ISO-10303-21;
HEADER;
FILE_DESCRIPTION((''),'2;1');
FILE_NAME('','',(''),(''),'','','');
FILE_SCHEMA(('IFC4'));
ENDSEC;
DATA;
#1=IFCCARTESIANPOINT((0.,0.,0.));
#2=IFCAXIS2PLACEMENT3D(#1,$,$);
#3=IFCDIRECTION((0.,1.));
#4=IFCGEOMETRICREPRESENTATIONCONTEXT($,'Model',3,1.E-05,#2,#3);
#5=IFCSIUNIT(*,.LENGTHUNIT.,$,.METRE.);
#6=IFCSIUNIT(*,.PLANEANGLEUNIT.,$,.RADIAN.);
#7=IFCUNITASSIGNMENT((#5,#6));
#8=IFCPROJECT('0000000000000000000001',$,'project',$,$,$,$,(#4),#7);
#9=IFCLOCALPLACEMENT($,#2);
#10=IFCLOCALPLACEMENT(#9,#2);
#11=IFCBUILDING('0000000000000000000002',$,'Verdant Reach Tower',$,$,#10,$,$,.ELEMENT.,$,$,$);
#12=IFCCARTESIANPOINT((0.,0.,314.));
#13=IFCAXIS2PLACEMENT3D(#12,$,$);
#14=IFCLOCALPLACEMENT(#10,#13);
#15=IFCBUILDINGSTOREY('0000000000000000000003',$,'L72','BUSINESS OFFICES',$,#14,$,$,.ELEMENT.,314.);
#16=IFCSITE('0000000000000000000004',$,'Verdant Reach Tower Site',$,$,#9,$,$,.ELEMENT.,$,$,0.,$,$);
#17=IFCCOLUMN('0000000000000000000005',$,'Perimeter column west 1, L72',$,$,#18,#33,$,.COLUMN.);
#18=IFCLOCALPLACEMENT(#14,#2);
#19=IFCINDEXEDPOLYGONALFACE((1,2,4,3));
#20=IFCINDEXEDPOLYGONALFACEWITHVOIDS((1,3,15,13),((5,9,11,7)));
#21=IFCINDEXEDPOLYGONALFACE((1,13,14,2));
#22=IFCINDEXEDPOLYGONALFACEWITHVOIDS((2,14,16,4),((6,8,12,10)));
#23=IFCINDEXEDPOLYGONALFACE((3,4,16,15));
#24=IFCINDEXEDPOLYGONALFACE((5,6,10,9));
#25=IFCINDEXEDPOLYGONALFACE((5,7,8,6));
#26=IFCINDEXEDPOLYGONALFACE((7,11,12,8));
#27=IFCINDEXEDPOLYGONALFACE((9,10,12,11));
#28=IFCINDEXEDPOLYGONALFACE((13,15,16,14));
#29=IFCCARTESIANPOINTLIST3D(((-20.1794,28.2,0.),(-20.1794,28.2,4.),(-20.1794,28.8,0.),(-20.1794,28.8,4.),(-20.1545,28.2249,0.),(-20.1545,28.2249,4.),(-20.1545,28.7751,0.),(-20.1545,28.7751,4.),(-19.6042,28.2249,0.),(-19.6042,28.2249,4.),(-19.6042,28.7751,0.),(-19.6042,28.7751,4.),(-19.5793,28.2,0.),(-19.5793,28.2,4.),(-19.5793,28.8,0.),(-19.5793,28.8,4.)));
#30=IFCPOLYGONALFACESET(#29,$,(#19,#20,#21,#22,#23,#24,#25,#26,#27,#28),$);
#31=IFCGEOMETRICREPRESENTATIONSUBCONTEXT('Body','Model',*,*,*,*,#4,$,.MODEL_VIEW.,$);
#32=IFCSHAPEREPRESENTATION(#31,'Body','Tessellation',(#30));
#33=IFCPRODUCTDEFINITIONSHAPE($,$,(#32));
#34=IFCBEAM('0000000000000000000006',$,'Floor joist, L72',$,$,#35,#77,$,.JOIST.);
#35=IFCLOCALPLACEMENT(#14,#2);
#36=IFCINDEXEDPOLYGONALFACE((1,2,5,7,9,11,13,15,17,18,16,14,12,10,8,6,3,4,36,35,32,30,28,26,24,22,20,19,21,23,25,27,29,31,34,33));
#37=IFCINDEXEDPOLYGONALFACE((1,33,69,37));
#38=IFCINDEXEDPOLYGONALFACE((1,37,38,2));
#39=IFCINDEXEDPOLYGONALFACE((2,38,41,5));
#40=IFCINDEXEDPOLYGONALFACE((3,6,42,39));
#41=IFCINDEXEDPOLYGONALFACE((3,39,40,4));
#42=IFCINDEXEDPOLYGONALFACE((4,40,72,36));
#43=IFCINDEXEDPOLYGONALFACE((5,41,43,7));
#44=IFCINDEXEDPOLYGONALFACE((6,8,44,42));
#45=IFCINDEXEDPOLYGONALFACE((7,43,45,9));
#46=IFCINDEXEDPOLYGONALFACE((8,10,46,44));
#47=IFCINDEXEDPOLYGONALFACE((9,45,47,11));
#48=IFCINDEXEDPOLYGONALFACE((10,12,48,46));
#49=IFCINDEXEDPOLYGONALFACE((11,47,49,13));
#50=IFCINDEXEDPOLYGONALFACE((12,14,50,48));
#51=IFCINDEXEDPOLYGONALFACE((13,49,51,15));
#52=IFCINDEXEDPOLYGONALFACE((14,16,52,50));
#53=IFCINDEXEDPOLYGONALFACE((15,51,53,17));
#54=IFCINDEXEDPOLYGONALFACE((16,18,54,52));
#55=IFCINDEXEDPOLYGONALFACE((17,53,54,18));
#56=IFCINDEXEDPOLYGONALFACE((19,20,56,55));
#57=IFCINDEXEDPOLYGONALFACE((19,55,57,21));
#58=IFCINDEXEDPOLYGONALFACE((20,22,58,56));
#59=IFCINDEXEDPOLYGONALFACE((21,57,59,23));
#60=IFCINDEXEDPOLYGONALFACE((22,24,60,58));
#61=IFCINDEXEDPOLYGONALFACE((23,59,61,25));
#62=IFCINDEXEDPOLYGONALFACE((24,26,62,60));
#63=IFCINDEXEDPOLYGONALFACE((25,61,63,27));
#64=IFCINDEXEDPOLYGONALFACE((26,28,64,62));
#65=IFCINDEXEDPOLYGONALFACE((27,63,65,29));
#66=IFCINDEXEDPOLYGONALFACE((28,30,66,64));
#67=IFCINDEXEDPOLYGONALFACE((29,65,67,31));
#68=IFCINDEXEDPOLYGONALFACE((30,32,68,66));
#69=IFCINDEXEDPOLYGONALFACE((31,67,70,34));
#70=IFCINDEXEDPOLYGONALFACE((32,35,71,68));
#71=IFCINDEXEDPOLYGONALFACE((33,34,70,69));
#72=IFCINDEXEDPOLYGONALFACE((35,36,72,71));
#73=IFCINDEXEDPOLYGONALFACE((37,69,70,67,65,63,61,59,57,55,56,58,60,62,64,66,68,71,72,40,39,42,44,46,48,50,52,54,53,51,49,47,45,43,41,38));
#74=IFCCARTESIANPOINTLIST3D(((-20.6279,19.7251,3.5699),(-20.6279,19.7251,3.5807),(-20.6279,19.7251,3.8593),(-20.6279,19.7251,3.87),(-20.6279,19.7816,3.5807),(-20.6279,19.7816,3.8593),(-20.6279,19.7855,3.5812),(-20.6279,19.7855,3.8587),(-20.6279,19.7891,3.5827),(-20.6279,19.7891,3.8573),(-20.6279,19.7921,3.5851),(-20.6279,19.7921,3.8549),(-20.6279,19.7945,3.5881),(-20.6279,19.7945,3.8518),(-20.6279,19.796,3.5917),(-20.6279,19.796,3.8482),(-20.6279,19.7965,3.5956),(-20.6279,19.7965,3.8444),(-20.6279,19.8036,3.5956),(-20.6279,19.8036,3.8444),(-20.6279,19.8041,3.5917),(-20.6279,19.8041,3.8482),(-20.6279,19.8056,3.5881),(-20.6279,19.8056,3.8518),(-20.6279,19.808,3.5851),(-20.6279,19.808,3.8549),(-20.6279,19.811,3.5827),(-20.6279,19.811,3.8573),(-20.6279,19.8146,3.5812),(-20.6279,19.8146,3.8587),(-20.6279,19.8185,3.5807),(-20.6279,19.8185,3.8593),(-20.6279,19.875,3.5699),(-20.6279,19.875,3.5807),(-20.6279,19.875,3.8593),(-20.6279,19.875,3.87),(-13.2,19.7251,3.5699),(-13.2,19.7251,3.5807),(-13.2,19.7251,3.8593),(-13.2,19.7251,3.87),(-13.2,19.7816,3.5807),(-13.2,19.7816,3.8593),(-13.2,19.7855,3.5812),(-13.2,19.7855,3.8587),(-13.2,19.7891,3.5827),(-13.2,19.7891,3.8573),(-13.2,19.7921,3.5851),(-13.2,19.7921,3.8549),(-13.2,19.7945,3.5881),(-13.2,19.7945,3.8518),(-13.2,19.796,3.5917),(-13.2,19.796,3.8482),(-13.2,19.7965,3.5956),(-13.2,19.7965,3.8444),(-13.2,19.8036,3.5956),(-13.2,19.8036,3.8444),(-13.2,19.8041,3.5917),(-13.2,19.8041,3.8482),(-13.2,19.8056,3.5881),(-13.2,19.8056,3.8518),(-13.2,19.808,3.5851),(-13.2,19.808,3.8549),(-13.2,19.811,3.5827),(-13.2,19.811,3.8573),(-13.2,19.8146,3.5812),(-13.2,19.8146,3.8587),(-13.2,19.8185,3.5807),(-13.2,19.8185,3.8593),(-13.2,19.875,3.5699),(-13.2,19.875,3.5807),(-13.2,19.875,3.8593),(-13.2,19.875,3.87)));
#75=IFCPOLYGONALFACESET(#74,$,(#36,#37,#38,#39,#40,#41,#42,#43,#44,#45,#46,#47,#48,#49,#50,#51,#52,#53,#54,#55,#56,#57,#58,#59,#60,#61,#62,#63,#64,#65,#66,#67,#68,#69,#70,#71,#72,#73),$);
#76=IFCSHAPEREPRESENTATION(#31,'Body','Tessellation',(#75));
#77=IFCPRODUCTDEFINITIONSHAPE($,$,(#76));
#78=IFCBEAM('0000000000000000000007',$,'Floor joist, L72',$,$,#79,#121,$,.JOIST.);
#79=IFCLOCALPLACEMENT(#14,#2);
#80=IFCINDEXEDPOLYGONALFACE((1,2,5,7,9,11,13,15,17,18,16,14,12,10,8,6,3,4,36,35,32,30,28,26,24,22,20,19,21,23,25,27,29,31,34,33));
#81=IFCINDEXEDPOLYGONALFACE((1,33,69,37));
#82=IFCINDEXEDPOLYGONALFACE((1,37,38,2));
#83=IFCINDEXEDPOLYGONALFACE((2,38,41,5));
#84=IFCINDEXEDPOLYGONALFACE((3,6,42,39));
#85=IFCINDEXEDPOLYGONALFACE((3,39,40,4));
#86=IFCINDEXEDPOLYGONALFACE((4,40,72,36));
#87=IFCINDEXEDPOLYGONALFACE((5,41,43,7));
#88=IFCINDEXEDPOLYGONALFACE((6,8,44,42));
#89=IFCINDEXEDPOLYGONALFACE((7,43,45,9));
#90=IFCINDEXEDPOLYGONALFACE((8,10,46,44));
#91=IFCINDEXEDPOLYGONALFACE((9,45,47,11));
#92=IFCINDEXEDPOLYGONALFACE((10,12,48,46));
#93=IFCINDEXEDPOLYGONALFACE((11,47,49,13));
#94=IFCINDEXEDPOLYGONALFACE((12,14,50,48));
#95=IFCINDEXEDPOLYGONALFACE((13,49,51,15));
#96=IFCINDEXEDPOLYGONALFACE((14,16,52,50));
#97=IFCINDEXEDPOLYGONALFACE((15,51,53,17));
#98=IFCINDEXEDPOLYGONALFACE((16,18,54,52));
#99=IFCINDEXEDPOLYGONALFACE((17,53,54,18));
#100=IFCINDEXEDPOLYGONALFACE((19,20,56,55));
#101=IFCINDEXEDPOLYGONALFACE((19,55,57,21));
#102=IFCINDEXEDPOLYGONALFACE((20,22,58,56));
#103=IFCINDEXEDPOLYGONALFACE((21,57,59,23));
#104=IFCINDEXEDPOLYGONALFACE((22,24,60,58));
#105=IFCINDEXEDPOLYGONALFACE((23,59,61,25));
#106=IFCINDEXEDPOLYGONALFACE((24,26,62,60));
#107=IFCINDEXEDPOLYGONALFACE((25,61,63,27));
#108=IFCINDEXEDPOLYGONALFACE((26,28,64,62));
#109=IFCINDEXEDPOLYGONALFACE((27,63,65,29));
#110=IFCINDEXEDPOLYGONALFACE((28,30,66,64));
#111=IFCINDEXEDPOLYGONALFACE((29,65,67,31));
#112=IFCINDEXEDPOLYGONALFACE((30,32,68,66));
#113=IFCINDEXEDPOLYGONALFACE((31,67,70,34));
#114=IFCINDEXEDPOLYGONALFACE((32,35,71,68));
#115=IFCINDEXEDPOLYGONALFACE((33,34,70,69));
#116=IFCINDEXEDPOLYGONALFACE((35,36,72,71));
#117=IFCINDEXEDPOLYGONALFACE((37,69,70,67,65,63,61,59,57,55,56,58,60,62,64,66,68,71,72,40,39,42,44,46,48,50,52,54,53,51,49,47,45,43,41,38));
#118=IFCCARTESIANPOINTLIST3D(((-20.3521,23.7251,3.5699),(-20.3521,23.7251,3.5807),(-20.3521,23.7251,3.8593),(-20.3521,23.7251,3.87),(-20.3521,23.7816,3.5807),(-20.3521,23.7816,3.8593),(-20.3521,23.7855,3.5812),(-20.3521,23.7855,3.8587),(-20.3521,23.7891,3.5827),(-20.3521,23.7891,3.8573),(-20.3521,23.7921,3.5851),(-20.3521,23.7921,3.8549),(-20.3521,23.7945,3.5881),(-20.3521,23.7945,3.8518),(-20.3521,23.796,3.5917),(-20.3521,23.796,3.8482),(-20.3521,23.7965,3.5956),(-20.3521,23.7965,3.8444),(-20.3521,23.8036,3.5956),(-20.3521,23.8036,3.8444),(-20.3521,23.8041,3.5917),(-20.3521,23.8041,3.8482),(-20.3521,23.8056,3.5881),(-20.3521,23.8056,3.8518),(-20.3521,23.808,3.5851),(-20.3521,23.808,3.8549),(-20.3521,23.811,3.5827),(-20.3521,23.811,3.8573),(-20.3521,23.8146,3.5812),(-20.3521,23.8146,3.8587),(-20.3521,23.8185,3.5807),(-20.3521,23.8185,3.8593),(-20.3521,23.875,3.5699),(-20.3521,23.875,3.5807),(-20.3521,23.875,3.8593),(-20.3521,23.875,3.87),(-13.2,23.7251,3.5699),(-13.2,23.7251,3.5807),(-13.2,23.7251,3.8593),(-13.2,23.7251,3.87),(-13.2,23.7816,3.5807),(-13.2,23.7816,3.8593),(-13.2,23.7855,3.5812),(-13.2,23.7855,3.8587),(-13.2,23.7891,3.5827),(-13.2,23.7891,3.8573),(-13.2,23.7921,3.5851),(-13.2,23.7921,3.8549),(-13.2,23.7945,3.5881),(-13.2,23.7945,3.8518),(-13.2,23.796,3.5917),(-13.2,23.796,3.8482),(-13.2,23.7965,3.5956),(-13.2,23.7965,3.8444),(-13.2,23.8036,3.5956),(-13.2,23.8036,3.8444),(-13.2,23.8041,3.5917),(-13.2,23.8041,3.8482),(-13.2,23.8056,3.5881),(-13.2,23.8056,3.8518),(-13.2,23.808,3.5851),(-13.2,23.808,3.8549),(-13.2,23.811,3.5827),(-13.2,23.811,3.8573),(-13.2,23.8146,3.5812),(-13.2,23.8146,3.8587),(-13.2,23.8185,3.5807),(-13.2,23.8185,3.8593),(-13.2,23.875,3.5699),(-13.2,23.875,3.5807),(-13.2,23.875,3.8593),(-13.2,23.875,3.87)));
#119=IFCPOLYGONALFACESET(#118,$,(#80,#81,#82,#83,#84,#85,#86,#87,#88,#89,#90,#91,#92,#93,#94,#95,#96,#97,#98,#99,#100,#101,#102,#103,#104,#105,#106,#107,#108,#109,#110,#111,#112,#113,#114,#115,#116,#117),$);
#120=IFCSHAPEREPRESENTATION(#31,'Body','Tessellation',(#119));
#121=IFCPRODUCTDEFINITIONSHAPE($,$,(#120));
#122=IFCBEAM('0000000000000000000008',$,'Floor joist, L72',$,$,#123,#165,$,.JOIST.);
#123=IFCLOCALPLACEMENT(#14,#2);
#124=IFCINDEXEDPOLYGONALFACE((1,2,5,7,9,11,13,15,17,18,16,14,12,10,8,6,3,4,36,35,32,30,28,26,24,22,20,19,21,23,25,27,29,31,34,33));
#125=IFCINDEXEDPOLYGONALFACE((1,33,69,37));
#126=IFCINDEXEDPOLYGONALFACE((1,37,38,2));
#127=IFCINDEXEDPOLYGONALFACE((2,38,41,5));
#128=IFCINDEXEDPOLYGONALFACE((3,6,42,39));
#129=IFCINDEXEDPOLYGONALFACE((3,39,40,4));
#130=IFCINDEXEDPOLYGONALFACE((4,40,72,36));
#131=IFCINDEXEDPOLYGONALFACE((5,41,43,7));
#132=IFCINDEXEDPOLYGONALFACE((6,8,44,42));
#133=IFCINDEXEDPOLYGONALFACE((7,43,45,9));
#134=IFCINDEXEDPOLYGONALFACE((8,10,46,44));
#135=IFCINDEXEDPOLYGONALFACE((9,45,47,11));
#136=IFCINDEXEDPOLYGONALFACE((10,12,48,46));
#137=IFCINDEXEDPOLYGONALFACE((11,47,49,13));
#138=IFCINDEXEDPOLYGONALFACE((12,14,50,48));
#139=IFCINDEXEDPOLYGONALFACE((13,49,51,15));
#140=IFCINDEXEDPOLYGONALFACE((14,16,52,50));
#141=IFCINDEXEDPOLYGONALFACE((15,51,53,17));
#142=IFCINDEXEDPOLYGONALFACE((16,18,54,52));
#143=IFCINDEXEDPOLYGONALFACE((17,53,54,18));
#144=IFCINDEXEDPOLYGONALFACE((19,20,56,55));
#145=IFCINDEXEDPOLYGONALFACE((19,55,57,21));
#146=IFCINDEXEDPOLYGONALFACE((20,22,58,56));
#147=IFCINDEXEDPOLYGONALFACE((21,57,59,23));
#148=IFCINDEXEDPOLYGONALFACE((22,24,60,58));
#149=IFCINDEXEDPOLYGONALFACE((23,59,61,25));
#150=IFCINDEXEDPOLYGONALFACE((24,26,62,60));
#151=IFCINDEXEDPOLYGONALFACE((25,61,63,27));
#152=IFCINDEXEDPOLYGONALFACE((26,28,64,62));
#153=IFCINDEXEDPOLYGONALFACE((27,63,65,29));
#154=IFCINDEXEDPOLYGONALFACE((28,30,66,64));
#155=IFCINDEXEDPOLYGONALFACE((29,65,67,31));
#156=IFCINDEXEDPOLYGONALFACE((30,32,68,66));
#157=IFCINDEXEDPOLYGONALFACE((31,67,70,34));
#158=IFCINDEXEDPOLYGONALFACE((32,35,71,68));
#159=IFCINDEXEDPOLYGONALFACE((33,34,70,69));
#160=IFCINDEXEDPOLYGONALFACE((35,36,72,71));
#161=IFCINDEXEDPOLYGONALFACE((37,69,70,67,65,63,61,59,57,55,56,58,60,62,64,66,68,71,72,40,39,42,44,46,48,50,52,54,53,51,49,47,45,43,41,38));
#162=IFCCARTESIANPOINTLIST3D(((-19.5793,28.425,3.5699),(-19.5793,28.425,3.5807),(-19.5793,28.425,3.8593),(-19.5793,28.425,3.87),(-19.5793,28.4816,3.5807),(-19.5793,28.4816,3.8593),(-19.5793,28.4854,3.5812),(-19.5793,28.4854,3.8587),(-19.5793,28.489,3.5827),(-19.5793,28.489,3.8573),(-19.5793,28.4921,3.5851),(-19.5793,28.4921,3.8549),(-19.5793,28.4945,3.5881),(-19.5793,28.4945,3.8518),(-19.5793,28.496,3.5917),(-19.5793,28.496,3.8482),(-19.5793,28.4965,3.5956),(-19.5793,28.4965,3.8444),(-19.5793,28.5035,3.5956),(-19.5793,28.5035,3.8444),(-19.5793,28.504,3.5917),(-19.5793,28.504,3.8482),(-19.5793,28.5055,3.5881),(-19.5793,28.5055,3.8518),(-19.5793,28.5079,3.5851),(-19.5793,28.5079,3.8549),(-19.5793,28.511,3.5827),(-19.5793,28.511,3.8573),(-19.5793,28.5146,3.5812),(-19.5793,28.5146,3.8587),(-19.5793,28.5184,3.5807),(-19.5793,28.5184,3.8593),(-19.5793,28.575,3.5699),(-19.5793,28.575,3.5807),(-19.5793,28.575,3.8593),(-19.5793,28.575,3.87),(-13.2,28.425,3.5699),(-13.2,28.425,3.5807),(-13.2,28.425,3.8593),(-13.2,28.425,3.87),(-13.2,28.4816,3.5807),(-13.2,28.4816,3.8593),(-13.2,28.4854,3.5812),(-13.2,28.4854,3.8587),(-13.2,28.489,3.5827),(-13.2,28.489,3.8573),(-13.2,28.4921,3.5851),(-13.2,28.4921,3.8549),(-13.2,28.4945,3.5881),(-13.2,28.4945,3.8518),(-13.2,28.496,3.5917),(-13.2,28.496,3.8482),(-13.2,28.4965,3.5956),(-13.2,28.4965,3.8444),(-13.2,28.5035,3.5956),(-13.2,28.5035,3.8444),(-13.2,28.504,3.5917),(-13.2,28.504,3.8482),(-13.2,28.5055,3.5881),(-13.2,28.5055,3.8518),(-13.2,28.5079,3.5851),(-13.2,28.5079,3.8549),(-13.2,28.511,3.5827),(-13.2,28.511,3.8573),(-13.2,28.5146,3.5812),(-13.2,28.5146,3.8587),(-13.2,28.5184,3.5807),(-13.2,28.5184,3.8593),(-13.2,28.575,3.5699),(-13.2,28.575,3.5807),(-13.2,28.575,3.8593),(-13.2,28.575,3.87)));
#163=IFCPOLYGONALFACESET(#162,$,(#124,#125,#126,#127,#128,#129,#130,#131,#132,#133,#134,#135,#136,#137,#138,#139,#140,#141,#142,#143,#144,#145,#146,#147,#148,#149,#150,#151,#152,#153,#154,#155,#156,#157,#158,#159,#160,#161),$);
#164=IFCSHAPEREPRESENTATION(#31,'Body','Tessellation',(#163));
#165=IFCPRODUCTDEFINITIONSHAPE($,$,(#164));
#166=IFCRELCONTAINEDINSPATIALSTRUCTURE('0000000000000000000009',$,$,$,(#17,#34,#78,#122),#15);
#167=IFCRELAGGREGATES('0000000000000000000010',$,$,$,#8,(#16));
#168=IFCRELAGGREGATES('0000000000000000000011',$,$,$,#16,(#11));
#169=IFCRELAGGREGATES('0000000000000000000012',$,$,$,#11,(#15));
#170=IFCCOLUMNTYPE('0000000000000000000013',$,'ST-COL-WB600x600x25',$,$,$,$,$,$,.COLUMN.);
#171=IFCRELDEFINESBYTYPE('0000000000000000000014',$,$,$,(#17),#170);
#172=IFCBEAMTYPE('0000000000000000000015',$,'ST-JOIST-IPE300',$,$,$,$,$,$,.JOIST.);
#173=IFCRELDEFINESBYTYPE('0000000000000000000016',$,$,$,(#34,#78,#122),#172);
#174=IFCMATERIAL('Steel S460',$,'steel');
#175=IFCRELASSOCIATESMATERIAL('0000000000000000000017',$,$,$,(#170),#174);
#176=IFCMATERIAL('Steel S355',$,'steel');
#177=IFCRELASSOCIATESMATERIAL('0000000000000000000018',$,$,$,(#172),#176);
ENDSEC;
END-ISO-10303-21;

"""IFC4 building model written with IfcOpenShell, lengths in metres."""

from ifc_helpers import new_model, si_unit, direction, frame, origin, origin_2d, place, context, subcontext, project, spatial, hollow_rectangle, i_section, extrude, material, material_profile, profile_set, type_object, element, save


model = new_model("IFC4")

# Units and contexts
model_context = context("Model", 3, precision=1e-05, world=origin(), true_north=direction((0.0, 1.0)))
body_context = subcontext(model_context, "Body", "Model", "MODEL_VIEW")
ifc_project = project(units=[si_unit("LENGTHUNIT", "METRE"), si_unit("PLANEANGLEUNIT", "RADIAN")], contexts=[model_context])

# Site, building, storey
site_placement = place(None, origin())
site = spatial("IfcSite", under=ifc_project, at=site_placement, Name="Verdant Reach Tower Site", CompositionType="ELEMENT", RefElevation=0.0)
building_placement = place(site_placement, origin())
building = spatial("IfcBuilding", under=site, at=building_placement, Name="Verdant Reach Tower", CompositionType="ELEMENT")
storey_placement = place(building_placement, frame((0.0, 0.0, 314.0)))
storey = spatial("IfcBuildingStorey", under=building, at=storey_placement, Name="L72", Description="BUSINESS OFFICES", CompositionType="ELEMENT", Elevation=314.0)

# Column
ifc_material_1 = material(Name="Steel S460", Category="steel")
ifc_material_profile_1 = material_profile(ifc_material_1, hollow_rectangle(XDim=0.6001, YDim=0.6001, WallThickness=0.0249, at=origin_2d()), Name="WB 600x600x25")
ifc_profile_set_1 = profile_set([ifc_material_profile_1], Name="Steel S460")
column_type = type_object("IfcColumnType", Name="ST-COL-WB600x600x25", PredefinedType="COLUMN", material=ifc_profile_set_1)
column_placement = place(storey_placement, frame((-19.8794, 28.5, 0.0), z_axis=(0.0, 0.0, 1.0), x_axis=(1.0, 0.0, 0.0)))
element("IfcColumn", 1, at=column_placement, inside=storey, type_object=column_type, Name="Perimeter column west 1, L72", PredefinedType="COLUMN", context=body_context, shape_type="SweptSolid", body=[
    extrude(hollow_rectangle(XDim=0.6001, YDim=0.6001, WallThickness=0.0249, at=origin_2d()), origin(), (0.0, 0.0, 1.0), 4.0),
])

# Beams
ifc_material_2 = material(Name="Steel S355", Category="steel")
ifc_material_profile_2 = material_profile(ifc_material_2, i_section(OverallWidth=0.1499, OverallDepth=0.3, WebThickness=0.0071, FlangeThickness=0.0107, FilletRadius=0.0149, at=origin_2d()), Name="IPE 300")
ifc_profile_set_2 = profile_set([ifc_material_profile_2], Name="Steel S355")
beam_type = type_object("IfcBeamType", Name="ST-JOIST-IPE300", PredefinedType="JOIST", material=ifc_profile_set_2)
beam_1_placement = place(storey_placement, frame((-13.2, 19.8, 3.72), z_axis=(-1.0, 0.0, 0.0), x_axis=(0.0, -1.0, 0.0)))
element("IfcBeam", 2, at=beam_1_placement, inside=storey, type_object=beam_type, Name="Floor joist, L72", PredefinedType="JOIST", context=body_context, shape_type="SweptSolid", body=[
    extrude(i_section(OverallWidth=0.1499, OverallDepth=0.3, WebThickness=0.0071, FlangeThickness=0.0107, FilletRadius=0.0149, at=origin_2d()), origin(), (0.0, 0.0, 1.0), 7.428),
])
beam_2_placement = place(storey_placement, frame((-13.2, 23.8, 3.72), z_axis=(-1.0, 0.0, 0.0), x_axis=(0.0, -1.0, 0.0)))
element("IfcBeam", 3, at=beam_2_placement, inside=storey, type_object=beam_type, Name="Floor joist, L72", PredefinedType="JOIST", context=body_context, shape_type="SweptSolid", body=[
    extrude(i_section(OverallWidth=0.1499, OverallDepth=0.3, WebThickness=0.0071, FlangeThickness=0.0107, FilletRadius=0.0149, at=origin_2d()), origin(), (0.0, 0.0, 1.0), 7.1521),
])
beam_3_placement = place(storey_placement, frame((-13.2, 28.5, 3.72), z_axis=(-1.0, 0.0, 0.0), x_axis=(0.0, -1.0, 0.0)))
element("IfcBeam", 4, at=beam_3_placement, inside=storey, type_object=beam_type, Name="Floor joist, L72", PredefinedType="JOIST", context=body_context, shape_type="SweptSolid", body=[
    extrude(i_section(OverallWidth=0.1499, OverallDepth=0.3, WebThickness=0.0071, FlangeThickness=0.0107, FilletRadius=0.0149, at=origin_2d()), origin(), (0.0, 0.0, 1.0), 6.3794),
])

save(model, "model.ifc")
